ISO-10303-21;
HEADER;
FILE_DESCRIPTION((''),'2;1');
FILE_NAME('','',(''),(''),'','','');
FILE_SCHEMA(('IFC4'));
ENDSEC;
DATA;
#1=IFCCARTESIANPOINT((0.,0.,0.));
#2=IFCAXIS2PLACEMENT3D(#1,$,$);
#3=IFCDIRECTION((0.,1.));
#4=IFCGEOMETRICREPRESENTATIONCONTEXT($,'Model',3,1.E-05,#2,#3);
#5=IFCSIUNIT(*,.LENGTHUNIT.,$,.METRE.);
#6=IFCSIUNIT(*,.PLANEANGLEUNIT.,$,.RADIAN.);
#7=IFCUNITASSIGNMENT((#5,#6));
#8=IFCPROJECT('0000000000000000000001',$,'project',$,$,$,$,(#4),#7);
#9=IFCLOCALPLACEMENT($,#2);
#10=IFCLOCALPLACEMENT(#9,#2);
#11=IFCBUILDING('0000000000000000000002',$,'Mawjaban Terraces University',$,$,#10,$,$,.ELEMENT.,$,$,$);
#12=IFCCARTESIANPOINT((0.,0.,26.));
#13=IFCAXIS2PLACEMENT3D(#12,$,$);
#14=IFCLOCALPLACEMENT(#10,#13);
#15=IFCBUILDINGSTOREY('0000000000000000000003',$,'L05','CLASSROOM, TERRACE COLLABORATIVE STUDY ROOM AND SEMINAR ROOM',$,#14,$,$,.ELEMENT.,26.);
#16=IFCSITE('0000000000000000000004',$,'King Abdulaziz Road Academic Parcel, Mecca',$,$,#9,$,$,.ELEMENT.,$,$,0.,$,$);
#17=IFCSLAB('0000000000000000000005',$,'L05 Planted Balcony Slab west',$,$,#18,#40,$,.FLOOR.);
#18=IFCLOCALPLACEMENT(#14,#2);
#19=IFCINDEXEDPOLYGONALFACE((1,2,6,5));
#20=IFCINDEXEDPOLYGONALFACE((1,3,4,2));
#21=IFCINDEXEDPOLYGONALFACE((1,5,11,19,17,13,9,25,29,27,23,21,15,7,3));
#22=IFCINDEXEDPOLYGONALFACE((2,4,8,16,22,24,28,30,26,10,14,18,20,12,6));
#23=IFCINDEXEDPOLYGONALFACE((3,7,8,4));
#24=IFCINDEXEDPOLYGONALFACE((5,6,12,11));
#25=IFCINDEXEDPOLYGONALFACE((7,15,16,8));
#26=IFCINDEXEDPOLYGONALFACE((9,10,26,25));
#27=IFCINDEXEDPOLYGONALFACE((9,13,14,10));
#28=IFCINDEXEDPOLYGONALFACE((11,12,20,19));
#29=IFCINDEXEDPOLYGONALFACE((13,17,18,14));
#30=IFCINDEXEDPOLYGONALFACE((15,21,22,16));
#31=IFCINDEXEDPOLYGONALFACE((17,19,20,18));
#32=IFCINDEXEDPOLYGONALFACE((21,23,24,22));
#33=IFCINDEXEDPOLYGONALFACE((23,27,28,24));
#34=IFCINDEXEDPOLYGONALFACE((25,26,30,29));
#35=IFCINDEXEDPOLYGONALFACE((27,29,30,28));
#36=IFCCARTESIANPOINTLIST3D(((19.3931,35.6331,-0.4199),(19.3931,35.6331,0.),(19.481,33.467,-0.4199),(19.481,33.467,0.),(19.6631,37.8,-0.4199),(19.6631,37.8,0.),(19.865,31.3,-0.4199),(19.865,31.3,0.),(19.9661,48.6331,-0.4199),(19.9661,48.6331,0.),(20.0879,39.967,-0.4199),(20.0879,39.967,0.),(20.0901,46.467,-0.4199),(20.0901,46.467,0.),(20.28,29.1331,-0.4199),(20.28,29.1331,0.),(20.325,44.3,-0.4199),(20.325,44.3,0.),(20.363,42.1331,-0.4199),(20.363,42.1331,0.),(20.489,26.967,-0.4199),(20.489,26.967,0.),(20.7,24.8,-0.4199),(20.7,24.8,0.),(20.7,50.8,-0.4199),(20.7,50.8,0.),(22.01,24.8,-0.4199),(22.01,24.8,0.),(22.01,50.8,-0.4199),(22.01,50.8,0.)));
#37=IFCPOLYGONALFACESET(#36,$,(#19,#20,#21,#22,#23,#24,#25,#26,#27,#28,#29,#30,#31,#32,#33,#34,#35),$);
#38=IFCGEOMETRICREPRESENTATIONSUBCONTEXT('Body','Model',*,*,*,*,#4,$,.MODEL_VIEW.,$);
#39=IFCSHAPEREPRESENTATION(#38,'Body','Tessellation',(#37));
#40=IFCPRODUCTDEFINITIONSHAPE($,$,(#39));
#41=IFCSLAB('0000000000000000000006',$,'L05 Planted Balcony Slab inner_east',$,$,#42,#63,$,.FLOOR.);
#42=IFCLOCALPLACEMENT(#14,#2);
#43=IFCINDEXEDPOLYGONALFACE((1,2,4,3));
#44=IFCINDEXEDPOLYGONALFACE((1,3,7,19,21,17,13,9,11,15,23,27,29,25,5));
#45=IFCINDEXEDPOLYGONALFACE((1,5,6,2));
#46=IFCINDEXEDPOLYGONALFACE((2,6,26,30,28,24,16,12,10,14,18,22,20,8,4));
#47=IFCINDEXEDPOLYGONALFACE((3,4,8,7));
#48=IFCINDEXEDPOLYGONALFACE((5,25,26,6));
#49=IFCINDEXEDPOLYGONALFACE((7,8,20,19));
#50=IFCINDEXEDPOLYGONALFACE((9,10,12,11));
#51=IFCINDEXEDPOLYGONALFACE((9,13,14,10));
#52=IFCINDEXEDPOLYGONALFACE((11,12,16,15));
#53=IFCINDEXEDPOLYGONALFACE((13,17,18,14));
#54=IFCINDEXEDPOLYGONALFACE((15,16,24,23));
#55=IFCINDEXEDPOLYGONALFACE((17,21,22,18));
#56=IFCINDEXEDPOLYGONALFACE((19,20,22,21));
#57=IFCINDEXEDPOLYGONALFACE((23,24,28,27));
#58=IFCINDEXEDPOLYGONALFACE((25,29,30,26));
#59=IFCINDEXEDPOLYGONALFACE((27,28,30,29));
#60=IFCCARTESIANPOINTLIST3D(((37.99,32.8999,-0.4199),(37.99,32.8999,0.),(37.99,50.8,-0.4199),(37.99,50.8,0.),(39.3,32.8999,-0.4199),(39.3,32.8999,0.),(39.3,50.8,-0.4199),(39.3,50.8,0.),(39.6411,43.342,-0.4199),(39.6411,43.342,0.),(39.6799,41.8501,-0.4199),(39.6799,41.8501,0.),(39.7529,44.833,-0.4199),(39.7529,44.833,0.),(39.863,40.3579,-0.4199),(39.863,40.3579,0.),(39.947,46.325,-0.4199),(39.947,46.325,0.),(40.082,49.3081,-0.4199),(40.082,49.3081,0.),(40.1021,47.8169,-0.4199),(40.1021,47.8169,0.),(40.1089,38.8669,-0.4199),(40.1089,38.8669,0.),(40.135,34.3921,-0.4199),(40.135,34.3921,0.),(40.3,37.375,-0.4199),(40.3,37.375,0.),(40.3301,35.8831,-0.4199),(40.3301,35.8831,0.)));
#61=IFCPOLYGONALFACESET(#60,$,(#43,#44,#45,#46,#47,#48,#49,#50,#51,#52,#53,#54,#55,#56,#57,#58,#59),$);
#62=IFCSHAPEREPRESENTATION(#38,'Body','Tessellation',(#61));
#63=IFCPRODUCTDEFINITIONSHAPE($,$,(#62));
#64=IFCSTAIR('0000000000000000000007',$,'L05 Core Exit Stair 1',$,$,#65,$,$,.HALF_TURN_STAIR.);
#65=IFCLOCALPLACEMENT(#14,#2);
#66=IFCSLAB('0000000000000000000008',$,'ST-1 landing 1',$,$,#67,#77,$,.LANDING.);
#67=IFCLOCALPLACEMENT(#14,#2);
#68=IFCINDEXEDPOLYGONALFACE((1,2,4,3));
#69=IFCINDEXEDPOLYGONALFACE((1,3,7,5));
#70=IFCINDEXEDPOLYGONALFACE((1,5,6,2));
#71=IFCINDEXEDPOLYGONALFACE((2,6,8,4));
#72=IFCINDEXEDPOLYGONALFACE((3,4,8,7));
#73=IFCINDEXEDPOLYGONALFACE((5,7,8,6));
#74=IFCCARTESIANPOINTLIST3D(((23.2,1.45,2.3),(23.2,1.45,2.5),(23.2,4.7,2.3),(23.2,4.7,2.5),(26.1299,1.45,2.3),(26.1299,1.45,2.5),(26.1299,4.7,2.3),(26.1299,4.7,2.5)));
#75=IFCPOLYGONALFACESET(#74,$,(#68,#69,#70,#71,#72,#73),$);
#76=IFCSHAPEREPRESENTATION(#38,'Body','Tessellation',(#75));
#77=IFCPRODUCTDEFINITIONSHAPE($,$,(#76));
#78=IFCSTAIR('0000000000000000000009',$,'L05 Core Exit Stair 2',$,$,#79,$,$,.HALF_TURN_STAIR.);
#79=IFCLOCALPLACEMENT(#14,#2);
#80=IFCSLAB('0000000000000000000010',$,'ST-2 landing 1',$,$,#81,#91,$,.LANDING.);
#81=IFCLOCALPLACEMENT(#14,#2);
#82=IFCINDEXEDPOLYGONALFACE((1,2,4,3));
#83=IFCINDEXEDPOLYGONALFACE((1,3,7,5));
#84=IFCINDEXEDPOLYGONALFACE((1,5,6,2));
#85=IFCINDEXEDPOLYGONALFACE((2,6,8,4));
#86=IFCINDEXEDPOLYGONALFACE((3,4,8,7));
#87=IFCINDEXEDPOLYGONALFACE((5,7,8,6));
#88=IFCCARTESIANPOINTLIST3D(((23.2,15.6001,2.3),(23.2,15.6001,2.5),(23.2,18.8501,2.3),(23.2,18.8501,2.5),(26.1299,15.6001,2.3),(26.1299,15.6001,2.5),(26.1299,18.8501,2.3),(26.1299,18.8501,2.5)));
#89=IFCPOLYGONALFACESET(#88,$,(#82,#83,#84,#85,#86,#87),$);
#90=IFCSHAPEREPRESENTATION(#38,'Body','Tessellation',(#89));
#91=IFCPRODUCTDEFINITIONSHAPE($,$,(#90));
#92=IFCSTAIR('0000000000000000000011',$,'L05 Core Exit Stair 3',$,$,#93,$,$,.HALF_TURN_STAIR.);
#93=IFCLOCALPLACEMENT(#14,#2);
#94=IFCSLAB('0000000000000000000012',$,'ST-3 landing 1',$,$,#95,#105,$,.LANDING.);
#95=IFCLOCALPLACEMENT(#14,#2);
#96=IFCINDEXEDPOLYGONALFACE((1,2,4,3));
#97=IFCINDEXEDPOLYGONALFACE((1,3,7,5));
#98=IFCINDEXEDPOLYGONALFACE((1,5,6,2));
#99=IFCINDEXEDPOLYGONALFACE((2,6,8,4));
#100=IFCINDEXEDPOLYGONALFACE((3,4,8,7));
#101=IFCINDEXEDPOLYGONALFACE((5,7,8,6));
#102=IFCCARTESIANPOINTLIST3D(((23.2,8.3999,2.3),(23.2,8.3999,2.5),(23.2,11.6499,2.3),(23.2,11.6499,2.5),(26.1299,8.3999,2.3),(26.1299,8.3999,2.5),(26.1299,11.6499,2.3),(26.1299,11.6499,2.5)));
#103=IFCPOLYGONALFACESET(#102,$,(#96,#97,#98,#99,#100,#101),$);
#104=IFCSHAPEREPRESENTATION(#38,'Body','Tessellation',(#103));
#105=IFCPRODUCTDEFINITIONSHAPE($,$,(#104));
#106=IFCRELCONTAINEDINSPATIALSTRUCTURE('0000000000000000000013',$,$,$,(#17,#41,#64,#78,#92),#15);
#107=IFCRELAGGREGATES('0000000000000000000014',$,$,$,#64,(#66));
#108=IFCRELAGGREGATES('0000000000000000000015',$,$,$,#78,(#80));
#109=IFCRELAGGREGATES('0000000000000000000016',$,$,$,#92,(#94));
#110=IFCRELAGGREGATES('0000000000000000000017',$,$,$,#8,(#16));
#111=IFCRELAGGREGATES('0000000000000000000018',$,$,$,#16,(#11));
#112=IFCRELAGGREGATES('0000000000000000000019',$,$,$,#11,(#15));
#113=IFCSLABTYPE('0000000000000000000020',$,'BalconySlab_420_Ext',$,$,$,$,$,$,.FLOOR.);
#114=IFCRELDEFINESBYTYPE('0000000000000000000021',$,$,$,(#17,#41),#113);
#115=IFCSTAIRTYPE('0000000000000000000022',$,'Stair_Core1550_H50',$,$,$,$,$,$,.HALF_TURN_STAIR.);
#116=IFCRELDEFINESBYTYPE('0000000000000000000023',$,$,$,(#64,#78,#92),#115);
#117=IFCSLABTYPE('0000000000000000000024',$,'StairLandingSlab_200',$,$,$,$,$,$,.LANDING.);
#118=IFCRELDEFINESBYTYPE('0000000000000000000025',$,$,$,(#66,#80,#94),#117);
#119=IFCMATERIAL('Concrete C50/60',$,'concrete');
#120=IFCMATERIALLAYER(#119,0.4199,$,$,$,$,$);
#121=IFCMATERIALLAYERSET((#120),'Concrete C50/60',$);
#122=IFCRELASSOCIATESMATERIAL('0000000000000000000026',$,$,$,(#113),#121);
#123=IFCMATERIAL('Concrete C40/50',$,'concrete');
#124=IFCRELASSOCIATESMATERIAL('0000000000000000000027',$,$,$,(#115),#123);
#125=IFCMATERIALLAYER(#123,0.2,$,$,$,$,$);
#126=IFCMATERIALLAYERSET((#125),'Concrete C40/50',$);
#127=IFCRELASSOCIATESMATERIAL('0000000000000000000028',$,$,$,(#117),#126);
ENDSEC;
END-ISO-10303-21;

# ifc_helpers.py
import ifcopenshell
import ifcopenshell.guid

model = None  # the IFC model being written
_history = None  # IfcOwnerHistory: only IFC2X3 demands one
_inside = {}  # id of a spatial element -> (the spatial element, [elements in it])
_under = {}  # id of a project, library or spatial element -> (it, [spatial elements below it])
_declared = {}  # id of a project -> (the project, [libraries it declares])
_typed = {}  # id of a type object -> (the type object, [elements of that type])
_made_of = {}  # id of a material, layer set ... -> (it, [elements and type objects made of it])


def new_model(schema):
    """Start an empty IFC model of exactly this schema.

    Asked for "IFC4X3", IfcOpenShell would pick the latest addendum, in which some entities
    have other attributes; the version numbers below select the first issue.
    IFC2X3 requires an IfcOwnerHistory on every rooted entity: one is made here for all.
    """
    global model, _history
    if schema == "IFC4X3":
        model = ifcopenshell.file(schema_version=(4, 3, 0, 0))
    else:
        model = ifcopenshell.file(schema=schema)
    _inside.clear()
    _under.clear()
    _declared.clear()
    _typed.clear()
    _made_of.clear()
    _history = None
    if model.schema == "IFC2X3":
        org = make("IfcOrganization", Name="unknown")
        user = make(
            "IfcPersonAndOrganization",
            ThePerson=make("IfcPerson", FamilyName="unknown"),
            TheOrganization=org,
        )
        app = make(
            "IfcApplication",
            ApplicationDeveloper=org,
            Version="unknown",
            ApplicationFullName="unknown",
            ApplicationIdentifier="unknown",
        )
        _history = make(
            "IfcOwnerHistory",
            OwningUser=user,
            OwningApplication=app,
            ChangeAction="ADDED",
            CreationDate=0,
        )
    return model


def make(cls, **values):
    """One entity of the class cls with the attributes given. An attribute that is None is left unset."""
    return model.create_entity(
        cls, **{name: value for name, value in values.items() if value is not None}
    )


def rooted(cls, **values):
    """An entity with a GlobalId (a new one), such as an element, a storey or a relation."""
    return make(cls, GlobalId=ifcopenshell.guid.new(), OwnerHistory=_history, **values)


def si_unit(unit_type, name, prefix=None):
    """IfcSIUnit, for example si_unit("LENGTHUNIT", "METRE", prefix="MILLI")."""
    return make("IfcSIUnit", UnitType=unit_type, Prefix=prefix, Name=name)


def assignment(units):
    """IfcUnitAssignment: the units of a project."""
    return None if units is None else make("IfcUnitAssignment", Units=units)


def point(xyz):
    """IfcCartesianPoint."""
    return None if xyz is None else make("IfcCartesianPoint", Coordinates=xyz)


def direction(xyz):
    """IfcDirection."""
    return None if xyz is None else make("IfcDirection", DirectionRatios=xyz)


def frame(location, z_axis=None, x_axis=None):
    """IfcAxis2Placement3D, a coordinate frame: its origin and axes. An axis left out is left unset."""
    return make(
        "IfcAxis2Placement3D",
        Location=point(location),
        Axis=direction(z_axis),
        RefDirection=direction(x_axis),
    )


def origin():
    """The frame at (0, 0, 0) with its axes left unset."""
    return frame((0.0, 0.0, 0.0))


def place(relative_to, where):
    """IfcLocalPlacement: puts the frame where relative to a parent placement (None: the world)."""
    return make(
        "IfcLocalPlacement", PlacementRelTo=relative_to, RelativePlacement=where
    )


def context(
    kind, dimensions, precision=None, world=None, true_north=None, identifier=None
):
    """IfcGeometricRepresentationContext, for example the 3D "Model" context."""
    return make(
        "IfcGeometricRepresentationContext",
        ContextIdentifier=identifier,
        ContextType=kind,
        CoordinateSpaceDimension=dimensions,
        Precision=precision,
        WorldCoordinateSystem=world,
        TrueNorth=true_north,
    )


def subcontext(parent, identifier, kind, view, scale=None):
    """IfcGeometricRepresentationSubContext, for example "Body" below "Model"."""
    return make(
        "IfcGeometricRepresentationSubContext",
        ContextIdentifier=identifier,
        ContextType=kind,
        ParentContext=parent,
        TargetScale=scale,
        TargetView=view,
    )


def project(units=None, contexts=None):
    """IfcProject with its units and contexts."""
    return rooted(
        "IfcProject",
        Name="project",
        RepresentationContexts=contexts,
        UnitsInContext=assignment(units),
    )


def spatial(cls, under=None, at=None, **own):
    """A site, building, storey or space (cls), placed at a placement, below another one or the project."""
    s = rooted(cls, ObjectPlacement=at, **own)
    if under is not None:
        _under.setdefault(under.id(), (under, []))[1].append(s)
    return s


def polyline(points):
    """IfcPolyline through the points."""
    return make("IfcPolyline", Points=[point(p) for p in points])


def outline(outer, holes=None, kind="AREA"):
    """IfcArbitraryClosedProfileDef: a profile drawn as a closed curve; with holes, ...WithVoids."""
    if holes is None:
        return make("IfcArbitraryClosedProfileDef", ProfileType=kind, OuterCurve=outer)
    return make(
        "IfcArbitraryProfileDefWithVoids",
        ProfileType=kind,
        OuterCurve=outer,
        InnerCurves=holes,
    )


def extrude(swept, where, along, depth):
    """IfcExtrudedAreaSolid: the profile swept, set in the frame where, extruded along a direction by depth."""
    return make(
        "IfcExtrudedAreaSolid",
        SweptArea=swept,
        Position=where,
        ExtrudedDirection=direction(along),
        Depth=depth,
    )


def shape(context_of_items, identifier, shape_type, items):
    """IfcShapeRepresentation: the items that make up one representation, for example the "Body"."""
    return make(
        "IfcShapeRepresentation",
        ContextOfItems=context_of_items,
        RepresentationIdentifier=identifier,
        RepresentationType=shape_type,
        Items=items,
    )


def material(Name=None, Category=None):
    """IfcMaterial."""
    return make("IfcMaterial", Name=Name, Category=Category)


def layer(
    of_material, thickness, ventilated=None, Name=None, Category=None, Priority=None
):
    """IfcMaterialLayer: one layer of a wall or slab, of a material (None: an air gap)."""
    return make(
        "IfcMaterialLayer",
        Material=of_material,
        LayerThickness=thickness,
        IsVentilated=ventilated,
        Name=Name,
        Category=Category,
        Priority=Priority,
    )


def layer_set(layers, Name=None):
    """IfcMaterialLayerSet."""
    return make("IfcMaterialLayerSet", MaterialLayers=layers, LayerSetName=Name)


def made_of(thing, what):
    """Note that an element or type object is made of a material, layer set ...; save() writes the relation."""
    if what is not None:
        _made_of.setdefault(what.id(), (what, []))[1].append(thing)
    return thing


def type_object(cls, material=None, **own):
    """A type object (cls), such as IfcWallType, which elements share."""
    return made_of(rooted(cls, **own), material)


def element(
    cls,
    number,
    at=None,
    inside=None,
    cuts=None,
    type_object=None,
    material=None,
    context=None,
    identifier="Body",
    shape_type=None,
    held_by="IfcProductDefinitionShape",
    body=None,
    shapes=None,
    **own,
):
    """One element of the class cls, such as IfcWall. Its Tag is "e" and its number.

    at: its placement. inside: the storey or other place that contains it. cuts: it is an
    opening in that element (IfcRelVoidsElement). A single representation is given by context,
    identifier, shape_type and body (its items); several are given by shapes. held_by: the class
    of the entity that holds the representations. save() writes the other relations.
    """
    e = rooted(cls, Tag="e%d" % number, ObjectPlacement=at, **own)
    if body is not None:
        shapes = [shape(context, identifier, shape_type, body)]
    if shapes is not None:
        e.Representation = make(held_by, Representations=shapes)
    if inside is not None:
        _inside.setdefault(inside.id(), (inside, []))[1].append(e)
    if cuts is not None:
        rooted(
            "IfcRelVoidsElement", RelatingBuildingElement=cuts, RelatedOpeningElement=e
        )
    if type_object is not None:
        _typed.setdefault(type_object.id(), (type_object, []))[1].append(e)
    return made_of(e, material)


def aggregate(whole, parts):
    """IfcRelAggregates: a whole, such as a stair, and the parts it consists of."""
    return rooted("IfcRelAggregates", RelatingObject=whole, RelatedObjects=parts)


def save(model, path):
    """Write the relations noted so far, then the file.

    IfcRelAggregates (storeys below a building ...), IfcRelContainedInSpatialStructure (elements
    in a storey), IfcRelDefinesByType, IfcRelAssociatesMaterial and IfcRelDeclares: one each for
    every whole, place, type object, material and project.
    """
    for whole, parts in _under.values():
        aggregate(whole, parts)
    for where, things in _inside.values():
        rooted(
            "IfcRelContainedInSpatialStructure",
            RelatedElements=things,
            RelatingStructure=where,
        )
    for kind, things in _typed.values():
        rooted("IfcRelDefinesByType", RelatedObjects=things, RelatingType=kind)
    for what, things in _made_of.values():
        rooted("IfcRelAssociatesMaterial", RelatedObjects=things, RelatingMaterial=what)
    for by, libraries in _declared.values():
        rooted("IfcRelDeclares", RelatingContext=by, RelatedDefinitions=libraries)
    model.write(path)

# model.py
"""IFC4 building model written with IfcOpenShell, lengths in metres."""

from ifc_helpers import new_model, si_unit, direction, frame, origin, place, context, subcontext, project, spatial, polyline, outline, extrude, material, layer, layer_set, type_object, element, aggregate, save


model = new_model("IFC4")

# Units and contexts
model_context = context("Model", 3, precision=1e-05, world=origin(), true_north=direction((0.0, 1.0)))
body_context = subcontext(model_context, "Body", "Model", "MODEL_VIEW")
ifc_project = project(units=[si_unit("LENGTHUNIT", "METRE"), si_unit("PLANEANGLEUNIT", "RADIAN")], contexts=[model_context])

# Site, building, storey
site_placement = place(None, origin())
site = spatial("IfcSite", under=ifc_project, at=site_placement, Name="King Abdulaziz Road Academic Parcel, Mecca", CompositionType="ELEMENT", RefElevation=0.0)
building_placement = place(site_placement, origin())
building = spatial("IfcBuilding", under=site, at=building_placement, Name="Mawjaban Terraces University", CompositionType="ELEMENT")
storey_placement = place(building_placement, frame((0.0, 0.0, 26.0)))
storey = spatial("IfcBuildingStorey", under=building, at=storey_placement, Name="L05", Description="CLASSROOM, TERRACE COLLABORATIVE STUDY ROOM AND SEMINAR ROOM", CompositionType="ELEMENT", Elevation=26.0)

# Slabs
ifc_material_1 = material(Name="Concrete C50/60", Category="concrete")
ifc_layer_1 = layer(ifc_material_1, 0.4199)
ifc_layer_set_1 = layer_set([ifc_layer_1], Name="Concrete C50/60")
slab_type_1 = type_object("IfcSlabType", Name="BalconySlab_420_Ext", PredefinedType="FLOOR", material=ifc_layer_set_1)
slab_1_placement = place(storey_placement, frame((0.0, 0.0, -0.4199)))
element("IfcSlab", 1, at=slab_1_placement, inside=storey, type_object=slab_type_1, Name="L05 Planted Balcony Slab west", PredefinedType="FLOOR", context=body_context, shape_type="SweptSolid", body=[
    extrude(outline(polyline([(22.01, 24.8), (22.01, 50.8), (20.7, 50.8), (19.9661, 48.6331), (20.0901, 46.467), (20.325, 44.3), (20.363, 42.1331), (20.0879, 39.967), (19.6631, 37.8), (19.3931, 35.6331), (19.481, 33.467), (19.865, 31.3), (20.28, 29.1331), (20.489, 26.967), (20.7, 24.8), (22.01, 24.8)])), origin(), (0.0, 0.0, 1.0), 0.4199),
])
slab_2_placement = place(storey_placement, frame((0.0, 0.0, -0.4199)))
element("IfcSlab", 2, at=slab_2_placement, inside=storey, type_object=slab_type_1, Name="L05 Planted Balcony Slab inner_east", PredefinedType="FLOOR", context=body_context, shape_type="SweptSolid", body=[
    extrude(outline(polyline([(39.3, 32.8999), (40.135, 34.3921), (40.3301, 35.8831), (40.3, 37.375), (40.1089, 38.8669), (39.863, 40.3579), (39.6799, 41.8501), (39.6411, 43.342), (39.7529, 44.833), (39.947, 46.325), (40.1021, 47.8169), (40.082, 49.3081), (39.3, 50.8), (37.99, 50.8), (37.99, 32.8999), (39.3, 32.8999)])), origin(), (0.0, 0.0, 1.0), 0.4199),
])

# Stairs, slabs
ifc_material_2 = material(Name="Concrete C40/50", Category="concrete")
stair_type = type_object("IfcStairType", Name="Stair_Core1550_H50", PredefinedType="HALF_TURN_STAIR", material=ifc_material_2)
stair_1_placement = place(storey_placement, origin())
stair_1 = element("IfcStair", 3, at=stair_1_placement, inside=storey, type_object=stair_type, Name="L05 Core Exit Stair 1", PredefinedType="HALF_TURN_STAIR")
ifc_layer_2 = layer(ifc_material_2, 0.2)
ifc_layer_set_2 = layer_set([ifc_layer_2], Name="Concrete C40/50")
slab_type_2 = type_object("IfcSlabType", Name="StairLandingSlab_200", PredefinedType="LANDING", material=ifc_layer_set_2)
slab_3_placement = place(storey_placement, frame((0.0, 0.0, 2.3)))
slab_3 = element("IfcSlab", 4, at=slab_3_placement, type_object=slab_type_2, Name="ST-1 landing 1", PredefinedType="LANDING", context=body_context, shape_type="SweptSolid", body=[
    extrude(outline(polyline([(26.1299, 4.7), (23.2, 4.7), (23.2, 1.45), (26.1299, 1.45), (26.1299, 4.7)])), origin(), (0.0, 0.0, 1.0), 0.2),
])
aggregate(stair_1, [slab_3])
stair_2_placement = place(storey_placement, origin())
stair_2 = element("IfcStair", 5, at=stair_2_placement, inside=storey, type_object=stair_type, Name="L05 Core Exit Stair 2", PredefinedType="HALF_TURN_STAIR")
slab_4_placement = place(storey_placement, frame((0.0, 0.0, 2.3)))
slab_4 = element("IfcSlab", 6, at=slab_4_placement, type_object=slab_type_2, Name="ST-2 landing 1", PredefinedType="LANDING", context=body_context, shape_type="SweptSolid", body=[
    extrude(outline(polyline([(26.1299, 18.8501), (23.2, 18.8501), (23.2, 15.6001), (26.1299, 15.6001), (26.1299, 18.8501)])), origin(), (0.0, 0.0, 1.0), 0.2),
])
aggregate(stair_2, [slab_4])
stair_3_placement = place(storey_placement, origin())
stair_3 = element("IfcStair", 7, at=stair_3_placement, inside=storey, type_object=stair_type, Name="L05 Core Exit Stair 3", PredefinedType="HALF_TURN_STAIR")
slab_5_placement = place(storey_placement, frame((0.0, 0.0, 2.3)))
slab_5 = element("IfcSlab", 8, at=slab_5_placement, type_object=slab_type_2, Name="ST-3 landing 1", PredefinedType="LANDING", context=body_context, shape_type="SweptSolid", body=[
    extrude(outline(polyline([(26.1299, 11.6499), (23.2, 11.6499), (23.2, 8.3999), (26.1299, 8.3999), (26.1299, 11.6499)])), origin(), (0.0, 0.0, 1.0), 0.2),
])
aggregate(stair_3, [slab_5])

save(model, "model.ifc")
